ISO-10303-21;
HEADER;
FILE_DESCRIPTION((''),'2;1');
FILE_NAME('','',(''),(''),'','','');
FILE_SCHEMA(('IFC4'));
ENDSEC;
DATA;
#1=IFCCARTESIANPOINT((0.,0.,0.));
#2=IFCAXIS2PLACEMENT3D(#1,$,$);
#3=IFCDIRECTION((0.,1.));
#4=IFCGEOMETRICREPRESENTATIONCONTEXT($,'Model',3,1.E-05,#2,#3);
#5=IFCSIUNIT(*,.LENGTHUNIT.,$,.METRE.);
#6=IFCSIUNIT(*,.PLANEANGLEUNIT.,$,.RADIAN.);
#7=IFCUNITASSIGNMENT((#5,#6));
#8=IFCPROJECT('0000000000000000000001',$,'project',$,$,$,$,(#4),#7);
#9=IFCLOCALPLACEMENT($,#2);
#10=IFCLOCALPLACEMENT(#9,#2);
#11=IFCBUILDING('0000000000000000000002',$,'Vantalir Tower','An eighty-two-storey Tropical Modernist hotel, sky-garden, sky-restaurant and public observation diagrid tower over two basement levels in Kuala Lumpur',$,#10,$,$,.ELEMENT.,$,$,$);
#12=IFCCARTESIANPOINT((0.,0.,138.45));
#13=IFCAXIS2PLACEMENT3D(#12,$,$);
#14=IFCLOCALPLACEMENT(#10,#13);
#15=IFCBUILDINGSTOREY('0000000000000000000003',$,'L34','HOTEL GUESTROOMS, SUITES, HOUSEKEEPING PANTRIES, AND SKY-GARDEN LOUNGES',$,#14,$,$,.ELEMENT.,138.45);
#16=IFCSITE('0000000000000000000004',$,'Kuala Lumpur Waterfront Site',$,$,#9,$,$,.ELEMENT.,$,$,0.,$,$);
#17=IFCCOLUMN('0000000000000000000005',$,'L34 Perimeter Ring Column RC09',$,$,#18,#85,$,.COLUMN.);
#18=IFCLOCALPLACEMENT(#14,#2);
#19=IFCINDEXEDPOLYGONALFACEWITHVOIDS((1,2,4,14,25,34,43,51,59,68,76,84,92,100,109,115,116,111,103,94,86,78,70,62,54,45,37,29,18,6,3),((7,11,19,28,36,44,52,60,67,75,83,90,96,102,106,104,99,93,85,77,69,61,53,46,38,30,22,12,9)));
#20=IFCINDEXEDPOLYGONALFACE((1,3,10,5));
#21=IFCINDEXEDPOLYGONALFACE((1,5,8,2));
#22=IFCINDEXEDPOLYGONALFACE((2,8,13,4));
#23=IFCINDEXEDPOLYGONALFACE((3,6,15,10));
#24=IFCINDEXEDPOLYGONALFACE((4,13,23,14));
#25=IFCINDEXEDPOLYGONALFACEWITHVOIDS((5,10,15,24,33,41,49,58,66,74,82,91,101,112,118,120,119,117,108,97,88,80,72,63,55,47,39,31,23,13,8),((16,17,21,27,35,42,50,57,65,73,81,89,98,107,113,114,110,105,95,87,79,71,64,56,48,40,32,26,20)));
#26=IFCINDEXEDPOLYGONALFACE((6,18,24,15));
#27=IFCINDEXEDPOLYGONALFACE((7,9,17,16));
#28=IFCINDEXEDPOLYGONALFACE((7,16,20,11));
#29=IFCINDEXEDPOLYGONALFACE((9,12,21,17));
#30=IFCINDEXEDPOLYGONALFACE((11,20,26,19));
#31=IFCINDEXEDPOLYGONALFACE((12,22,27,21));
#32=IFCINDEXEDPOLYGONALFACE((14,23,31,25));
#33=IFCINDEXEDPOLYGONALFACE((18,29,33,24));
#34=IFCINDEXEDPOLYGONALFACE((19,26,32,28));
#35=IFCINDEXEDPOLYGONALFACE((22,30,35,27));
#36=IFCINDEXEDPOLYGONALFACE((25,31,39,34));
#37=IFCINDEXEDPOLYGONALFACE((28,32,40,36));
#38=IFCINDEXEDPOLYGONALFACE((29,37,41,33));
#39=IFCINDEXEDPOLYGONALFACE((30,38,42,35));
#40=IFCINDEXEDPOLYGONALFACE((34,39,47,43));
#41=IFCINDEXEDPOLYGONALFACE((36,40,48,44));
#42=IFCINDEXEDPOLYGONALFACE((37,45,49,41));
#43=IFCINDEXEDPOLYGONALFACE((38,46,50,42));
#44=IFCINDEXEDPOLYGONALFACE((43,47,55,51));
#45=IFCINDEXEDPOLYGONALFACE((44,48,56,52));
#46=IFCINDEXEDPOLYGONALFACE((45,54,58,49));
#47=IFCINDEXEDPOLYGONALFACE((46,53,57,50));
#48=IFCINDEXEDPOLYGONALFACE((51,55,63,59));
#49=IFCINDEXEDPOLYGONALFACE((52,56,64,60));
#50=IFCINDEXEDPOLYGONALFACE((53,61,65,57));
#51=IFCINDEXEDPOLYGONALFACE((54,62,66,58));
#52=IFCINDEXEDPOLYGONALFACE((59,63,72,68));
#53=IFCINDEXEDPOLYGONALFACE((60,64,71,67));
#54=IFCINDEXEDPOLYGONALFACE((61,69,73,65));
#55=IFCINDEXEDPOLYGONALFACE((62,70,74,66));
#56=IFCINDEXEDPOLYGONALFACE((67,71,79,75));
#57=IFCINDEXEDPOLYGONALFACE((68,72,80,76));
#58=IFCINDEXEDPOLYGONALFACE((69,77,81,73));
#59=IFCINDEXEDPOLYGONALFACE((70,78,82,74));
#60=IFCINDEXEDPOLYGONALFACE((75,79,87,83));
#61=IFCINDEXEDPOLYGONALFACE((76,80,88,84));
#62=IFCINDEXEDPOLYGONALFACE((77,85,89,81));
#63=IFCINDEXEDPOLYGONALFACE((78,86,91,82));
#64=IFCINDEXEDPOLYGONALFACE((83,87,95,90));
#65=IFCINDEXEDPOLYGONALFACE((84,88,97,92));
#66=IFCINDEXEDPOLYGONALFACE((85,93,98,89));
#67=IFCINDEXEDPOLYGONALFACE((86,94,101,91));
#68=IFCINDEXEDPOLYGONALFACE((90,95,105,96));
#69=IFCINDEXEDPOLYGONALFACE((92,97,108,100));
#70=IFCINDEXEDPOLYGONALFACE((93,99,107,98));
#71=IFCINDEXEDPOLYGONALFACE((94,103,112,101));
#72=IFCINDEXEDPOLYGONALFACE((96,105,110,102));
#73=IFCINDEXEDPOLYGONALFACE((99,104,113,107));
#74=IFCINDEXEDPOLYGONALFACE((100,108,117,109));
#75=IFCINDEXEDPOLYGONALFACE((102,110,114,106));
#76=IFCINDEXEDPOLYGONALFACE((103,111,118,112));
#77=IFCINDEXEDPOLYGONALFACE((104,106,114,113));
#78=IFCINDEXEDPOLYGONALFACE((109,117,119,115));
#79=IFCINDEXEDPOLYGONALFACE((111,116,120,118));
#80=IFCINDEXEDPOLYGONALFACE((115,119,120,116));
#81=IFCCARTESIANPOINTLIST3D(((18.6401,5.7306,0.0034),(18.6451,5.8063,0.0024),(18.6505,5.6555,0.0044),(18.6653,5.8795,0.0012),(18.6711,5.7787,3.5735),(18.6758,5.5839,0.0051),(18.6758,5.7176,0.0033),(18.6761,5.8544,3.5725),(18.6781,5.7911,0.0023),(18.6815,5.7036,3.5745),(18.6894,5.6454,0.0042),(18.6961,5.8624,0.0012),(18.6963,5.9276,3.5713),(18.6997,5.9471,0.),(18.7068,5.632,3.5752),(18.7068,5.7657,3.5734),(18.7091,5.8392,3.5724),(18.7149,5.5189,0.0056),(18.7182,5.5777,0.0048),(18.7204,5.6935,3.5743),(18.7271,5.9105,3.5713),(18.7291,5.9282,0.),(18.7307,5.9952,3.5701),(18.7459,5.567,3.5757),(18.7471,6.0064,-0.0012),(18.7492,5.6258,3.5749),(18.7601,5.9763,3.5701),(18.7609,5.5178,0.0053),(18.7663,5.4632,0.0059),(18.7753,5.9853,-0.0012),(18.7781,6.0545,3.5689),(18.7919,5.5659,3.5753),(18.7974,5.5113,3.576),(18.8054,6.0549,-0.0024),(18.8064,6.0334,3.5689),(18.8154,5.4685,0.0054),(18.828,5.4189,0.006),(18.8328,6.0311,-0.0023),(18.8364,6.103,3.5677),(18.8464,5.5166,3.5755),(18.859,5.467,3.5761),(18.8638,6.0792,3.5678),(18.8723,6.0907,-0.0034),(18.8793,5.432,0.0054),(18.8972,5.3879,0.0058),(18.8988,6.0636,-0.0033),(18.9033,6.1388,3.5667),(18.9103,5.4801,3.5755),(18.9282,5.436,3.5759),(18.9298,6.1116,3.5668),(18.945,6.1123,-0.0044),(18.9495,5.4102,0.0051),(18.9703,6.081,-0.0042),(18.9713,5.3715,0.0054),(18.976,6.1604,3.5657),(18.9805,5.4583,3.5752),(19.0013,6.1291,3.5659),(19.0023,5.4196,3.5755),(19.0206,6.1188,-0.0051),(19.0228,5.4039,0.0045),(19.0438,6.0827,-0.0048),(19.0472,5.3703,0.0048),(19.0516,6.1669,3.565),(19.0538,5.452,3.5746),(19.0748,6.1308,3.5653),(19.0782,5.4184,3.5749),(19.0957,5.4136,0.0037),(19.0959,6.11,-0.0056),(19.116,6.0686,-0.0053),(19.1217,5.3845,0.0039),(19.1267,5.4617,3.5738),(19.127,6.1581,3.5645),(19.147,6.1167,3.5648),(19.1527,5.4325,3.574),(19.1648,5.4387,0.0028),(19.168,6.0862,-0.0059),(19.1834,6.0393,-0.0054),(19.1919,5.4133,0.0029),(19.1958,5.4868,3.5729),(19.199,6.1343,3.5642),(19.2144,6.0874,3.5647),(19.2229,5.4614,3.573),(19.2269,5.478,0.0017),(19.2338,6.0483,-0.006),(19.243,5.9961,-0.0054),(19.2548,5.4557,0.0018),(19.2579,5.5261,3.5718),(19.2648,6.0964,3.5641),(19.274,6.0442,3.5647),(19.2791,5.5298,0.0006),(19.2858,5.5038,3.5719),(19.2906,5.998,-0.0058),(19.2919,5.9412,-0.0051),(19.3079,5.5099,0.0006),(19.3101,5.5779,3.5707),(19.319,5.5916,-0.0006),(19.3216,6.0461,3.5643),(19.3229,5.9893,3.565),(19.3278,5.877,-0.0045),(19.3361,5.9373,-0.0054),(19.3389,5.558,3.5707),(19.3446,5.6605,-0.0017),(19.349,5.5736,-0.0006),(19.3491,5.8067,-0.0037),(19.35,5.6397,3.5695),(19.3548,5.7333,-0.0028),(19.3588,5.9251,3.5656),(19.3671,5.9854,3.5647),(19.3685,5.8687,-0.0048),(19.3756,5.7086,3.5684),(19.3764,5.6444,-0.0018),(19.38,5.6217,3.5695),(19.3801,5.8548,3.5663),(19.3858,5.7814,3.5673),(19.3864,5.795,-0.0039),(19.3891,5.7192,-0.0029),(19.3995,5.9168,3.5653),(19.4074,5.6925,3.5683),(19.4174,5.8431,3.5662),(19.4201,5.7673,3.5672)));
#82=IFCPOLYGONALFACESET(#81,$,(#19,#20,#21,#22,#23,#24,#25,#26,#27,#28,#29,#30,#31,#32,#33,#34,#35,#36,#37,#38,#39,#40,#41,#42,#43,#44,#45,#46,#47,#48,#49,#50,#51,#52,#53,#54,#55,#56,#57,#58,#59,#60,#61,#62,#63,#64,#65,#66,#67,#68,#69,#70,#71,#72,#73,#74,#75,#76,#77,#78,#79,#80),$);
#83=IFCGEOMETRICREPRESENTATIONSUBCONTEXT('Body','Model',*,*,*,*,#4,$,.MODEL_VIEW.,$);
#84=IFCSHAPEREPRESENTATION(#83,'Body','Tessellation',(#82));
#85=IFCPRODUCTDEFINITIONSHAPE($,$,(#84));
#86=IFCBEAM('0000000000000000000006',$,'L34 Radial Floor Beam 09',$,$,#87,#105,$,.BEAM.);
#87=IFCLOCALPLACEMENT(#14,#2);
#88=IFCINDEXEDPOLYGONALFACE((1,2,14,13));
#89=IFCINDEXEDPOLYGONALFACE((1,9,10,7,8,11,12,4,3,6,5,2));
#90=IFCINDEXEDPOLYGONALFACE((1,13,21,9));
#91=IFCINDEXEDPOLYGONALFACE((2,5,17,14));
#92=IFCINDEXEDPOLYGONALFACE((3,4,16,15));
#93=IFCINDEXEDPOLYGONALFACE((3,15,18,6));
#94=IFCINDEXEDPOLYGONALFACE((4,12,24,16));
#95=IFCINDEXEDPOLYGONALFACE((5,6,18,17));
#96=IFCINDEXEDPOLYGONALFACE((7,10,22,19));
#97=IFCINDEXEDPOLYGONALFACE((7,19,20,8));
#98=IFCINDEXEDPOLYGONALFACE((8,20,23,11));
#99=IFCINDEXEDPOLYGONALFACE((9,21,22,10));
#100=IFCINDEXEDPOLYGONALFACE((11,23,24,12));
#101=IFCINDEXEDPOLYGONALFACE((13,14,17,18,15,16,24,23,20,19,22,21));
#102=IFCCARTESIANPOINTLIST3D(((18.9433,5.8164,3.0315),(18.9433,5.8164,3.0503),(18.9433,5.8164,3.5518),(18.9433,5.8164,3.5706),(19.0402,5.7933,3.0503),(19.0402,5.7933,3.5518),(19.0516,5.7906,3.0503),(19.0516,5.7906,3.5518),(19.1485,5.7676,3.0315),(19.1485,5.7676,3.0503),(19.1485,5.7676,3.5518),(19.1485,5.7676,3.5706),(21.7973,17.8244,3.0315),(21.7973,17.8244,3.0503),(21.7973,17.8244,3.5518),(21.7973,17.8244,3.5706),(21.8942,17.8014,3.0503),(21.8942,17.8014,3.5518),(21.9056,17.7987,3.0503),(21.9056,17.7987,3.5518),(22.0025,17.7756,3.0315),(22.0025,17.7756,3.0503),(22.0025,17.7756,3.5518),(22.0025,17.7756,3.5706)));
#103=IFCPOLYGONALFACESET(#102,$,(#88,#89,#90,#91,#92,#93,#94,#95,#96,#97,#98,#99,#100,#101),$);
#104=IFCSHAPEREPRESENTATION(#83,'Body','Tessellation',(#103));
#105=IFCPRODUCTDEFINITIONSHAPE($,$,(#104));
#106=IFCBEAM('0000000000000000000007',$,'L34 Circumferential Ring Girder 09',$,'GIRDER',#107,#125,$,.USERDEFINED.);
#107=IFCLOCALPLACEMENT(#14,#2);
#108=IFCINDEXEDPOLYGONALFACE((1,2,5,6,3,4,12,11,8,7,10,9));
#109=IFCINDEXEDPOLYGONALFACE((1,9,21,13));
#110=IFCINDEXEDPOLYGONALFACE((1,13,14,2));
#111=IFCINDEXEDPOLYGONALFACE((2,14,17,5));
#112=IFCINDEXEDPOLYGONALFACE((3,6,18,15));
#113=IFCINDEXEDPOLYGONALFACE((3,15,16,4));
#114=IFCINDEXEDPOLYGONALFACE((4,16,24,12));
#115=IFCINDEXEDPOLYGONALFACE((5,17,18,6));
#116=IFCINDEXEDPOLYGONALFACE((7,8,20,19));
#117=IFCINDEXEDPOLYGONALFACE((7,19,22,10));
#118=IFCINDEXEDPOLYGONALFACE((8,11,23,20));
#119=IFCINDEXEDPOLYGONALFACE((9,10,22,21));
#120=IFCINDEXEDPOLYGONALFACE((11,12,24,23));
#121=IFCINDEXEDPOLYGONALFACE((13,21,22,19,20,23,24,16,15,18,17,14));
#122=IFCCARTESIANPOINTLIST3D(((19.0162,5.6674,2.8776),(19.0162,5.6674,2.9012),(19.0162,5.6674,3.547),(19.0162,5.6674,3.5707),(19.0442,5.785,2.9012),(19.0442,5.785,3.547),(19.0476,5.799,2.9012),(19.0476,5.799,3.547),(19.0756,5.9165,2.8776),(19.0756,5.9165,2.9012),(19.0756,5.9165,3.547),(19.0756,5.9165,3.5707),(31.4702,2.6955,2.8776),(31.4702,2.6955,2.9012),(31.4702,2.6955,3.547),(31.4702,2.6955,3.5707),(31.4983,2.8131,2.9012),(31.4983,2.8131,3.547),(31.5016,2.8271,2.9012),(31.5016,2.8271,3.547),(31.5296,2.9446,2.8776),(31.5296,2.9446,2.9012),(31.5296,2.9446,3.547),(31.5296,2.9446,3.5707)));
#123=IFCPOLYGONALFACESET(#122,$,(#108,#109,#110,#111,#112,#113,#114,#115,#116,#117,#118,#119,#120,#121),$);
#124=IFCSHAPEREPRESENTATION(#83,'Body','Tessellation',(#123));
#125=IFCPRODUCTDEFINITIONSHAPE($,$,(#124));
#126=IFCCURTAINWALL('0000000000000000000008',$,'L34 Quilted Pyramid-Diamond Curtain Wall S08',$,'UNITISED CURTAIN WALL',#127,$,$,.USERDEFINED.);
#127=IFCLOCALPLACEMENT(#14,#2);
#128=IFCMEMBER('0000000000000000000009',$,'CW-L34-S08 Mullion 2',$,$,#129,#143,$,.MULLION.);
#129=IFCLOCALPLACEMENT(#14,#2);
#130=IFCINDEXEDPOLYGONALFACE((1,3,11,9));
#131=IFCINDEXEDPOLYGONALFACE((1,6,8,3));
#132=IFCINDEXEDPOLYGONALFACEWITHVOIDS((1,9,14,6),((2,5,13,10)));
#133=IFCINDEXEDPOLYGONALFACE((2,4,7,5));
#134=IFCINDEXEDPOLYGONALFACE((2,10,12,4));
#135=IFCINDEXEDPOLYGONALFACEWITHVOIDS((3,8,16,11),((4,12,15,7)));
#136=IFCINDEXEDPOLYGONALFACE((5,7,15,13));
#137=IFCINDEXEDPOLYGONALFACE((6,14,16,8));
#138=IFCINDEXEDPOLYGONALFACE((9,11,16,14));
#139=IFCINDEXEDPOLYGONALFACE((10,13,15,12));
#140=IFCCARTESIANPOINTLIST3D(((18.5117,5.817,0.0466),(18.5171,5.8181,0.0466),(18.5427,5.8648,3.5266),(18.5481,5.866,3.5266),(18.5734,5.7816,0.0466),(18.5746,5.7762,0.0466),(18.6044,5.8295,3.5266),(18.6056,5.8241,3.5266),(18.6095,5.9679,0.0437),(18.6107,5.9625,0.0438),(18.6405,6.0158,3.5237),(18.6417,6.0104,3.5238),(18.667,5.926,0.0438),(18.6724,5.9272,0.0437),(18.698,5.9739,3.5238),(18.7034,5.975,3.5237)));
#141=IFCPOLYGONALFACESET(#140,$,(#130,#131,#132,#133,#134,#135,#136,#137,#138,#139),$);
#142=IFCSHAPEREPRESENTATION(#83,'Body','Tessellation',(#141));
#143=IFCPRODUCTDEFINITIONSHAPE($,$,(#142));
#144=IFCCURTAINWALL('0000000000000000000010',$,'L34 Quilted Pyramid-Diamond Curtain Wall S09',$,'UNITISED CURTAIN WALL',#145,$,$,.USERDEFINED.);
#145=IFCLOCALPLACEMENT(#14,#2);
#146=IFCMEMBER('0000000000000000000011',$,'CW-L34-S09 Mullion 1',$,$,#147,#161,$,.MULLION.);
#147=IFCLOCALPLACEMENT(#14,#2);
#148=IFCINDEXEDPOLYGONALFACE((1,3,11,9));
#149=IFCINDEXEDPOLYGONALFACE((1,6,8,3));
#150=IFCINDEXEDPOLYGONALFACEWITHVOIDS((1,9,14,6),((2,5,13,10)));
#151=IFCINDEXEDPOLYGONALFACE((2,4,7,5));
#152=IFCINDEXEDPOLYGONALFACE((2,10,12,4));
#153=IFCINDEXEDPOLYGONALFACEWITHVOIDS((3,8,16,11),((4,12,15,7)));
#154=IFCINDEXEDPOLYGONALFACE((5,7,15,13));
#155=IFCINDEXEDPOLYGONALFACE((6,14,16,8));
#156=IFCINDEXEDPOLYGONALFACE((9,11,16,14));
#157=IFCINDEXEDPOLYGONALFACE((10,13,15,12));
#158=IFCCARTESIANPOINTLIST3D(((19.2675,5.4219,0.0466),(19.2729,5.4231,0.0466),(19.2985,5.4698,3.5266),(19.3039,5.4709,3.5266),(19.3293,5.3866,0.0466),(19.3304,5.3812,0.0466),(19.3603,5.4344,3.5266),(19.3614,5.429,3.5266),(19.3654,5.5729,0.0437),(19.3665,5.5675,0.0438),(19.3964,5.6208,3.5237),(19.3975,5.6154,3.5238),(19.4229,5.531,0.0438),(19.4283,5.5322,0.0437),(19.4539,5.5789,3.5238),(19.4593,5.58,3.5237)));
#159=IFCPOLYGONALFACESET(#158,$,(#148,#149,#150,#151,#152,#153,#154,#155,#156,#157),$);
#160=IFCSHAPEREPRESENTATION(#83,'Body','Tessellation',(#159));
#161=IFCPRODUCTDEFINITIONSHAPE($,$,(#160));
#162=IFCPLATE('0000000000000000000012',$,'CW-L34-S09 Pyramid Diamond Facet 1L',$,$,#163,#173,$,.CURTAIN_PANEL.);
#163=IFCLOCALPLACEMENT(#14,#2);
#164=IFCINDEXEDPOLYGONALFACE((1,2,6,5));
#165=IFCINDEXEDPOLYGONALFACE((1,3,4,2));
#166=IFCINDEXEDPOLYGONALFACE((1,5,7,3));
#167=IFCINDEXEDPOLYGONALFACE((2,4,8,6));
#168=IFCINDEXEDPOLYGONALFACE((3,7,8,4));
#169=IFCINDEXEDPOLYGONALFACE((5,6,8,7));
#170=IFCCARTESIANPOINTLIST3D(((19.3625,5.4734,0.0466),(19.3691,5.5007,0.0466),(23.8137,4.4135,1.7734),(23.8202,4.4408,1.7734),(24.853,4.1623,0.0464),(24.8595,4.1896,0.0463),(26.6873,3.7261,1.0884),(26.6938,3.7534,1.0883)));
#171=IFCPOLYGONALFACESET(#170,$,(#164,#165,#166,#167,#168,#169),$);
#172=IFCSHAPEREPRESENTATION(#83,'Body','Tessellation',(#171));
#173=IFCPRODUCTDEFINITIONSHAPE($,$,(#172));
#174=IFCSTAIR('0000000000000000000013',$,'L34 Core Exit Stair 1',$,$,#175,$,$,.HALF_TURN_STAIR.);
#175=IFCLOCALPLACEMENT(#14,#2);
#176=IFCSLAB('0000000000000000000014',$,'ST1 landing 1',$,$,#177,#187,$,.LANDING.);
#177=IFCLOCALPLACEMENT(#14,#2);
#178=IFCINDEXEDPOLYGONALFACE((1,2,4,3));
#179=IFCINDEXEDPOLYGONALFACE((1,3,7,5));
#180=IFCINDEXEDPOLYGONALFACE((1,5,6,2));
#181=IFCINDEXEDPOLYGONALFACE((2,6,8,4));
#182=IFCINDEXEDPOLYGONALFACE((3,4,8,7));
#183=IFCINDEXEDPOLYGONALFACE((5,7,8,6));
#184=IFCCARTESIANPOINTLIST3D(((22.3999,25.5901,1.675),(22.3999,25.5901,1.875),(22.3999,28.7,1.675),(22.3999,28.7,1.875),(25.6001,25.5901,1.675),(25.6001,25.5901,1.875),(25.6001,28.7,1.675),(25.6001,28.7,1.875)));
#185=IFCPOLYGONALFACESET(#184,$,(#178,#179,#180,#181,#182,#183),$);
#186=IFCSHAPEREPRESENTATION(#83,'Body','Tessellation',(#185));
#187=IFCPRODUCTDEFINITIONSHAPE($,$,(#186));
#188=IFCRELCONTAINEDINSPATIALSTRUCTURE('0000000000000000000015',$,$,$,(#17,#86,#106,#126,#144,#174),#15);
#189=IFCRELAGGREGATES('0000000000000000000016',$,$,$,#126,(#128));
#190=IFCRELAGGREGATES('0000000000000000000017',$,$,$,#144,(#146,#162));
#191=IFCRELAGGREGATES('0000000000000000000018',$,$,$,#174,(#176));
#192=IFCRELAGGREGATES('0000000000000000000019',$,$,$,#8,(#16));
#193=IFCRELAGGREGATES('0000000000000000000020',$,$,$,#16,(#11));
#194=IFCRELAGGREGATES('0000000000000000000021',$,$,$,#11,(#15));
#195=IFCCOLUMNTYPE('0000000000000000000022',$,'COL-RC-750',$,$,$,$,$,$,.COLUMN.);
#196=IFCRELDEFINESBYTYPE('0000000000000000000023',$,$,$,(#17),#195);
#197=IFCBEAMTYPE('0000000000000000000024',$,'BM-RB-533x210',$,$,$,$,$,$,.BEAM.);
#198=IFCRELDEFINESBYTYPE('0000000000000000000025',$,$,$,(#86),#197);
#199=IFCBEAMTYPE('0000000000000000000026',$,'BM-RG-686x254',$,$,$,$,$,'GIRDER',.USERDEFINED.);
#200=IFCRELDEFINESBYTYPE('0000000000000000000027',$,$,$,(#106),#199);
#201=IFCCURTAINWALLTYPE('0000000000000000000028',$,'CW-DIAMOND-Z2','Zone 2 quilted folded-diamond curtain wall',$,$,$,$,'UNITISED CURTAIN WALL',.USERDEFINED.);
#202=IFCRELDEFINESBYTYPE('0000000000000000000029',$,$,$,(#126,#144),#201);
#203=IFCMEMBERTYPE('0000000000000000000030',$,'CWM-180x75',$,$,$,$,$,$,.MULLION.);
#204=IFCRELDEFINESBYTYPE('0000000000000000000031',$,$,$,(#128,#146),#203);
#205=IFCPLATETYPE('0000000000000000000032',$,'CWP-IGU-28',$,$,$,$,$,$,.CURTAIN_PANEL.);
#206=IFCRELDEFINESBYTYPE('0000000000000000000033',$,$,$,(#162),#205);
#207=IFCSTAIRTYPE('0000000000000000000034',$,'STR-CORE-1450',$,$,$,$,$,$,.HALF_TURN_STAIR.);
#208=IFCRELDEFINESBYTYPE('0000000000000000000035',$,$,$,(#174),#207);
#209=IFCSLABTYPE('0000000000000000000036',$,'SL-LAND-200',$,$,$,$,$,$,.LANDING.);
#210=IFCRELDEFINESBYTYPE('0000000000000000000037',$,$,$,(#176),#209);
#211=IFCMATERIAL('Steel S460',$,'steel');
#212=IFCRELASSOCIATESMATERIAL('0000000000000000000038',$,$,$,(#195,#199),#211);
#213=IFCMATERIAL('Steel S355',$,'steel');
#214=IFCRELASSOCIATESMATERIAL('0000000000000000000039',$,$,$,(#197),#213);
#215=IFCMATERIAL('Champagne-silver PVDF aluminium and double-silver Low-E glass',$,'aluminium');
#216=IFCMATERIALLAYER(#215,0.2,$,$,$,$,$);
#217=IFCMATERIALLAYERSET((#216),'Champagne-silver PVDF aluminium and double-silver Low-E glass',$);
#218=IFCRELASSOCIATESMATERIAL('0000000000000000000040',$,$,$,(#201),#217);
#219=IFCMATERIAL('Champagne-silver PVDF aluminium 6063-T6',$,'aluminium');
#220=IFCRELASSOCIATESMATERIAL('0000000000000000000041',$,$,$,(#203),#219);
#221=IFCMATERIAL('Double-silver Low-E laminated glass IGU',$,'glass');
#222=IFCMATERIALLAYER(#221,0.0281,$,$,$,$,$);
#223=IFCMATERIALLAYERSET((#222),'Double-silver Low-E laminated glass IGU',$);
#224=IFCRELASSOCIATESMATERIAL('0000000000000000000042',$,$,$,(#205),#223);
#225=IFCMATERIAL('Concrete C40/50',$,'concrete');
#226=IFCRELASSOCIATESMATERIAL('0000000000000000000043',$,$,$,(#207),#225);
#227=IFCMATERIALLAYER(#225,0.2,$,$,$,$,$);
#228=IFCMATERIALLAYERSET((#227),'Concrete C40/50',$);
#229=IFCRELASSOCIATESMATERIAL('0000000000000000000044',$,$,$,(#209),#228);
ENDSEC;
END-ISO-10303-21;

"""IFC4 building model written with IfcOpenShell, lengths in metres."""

from ifc_helpers import new_model, si_unit, direction, frame, origin, origin_2d, place, context, subcontext, project, spatial, polyline, hollow_rectangle, hollow_circle, i_section, outline, extrude, material, layer, layer_set, material_profile, profile_set, type_object, element, aggregate, save


model = new_model("IFC4")

# Units and contexts
model_context = context("Model", 3, precision=1e-05, world=origin(), true_north=direction((0.0, 1.0)))
body_context = subcontext(model_context, "Body", "Model", "MODEL_VIEW")
ifc_project = project(units=[si_unit("LENGTHUNIT", "METRE"), si_unit("PLANEANGLEUNIT", "RADIAN")], contexts=[model_context])

# Site, building, storey
site_placement = place(None, origin())
site = spatial("IfcSite", under=ifc_project, at=site_placement, Name="Kuala Lumpur Waterfront Site", CompositionType="ELEMENT", RefElevation=0.0)
building_placement = place(site_placement, origin())
building = spatial("IfcBuilding", under=site, at=building_placement, Name="Vantalir Tower", Description="An eighty-two-storey Tropical Modernist hotel, sky-garden, sky-restaurant and public observation diagrid tower over two basement levels in Kuala Lumpur", CompositionType="ELEMENT")
storey_placement = place(building_placement, frame((0.0, 0.0, 138.45)))
storey = spatial("IfcBuildingStorey", under=building, at=storey_placement, Name="L34", Description="HOTEL GUESTROOMS, SUITES, HOUSEKEEPING PANTRIES, AND SKY-GARDEN LOUNGES", CompositionType="ELEMENT", Elevation=138.45)

# Column
ifc_material_1 = material(Name="Steel S460", Category="steel")
ifc_material_profile_1 = material_profile(ifc_material_1, hollow_circle(Radius=0.375, WallThickness=0.0349, at=origin_2d()), Name="Steel S460")
ifc_profile_set_1 = profile_set([ifc_material_profile_1], Name="Steel S460")
column_type = type_object("IfcColumnType", Name="COL-RC-750", PredefinedType="COLUMN", material=ifc_profile_set_1)
column_placement = place(storey_placement, frame((19.0149, 5.7439, 0.0), z_axis=(0.008684, 0.01347, 0.999872), x_axis=(-0.840485, 0.541835, 0.0)))
element("IfcColumn", 1, at=column_placement, inside=storey, type_object=column_type, Name="L34 Perimeter Ring Column RC09", PredefinedType="COLUMN", context=body_context, shape_type="SweptSolid", body=[
    extrude(hollow_circle(Radius=0.375, WallThickness=0.0349, at=origin_2d()), origin(), (0.0, 0.0, 1.0), 3.5706),
])

# Beams
ifc_material_2 = material(Name="Steel S355", Category="steel")
ifc_material_profile_2 = material_profile(ifc_material_2, i_section(OverallWidth=0.2109, OverallDepth=0.5391, WebThickness=0.0117, FlangeThickness=0.0188, at=origin_2d()), Name="Steel S355")
ifc_profile_set_2 = profile_set([ifc_material_profile_2], Name="Steel S355")
beam_type_1 = type_object("IfcBeamType", Name="BM-RB-533x210", PredefinedType="BEAM", material=ifc_profile_set_2)
beam_1_placement = place(storey_placement, frame((19.0459, 5.792, 3.301), z_axis=(0.231233, 0.972898, 0.0), x_axis=(-0.972898, 0.231233, 0.0)))
element("IfcBeam", 2, at=beam_1_placement, inside=storey, type_object=beam_type_1, Name="L34 Radial Floor Beam 09", PredefinedType="BEAM", context=body_context, shape_type="SweptSolid", body=[
    extrude(i_section(OverallWidth=0.2109, OverallDepth=0.5391, WebThickness=0.0117, FlangeThickness=0.0188, at=origin_2d()), origin(), (0.0, 0.0, 1.0), 12.3425),
])
ifc_material_profile_3 = material_profile(ifc_material_1, i_section(OverallWidth=0.2561, OverallDepth=0.6931, WebThickness=0.0144, FlangeThickness=0.0237, at=origin_2d()), Name="Steel S460")
ifc_profile_set_3 = profile_set([ifc_material_profile_3], Name="Steel S460")
beam_type_2 = type_object("IfcBeamType", Name="BM-RG-686x254", ElementType="GIRDER", PredefinedType="USERDEFINED", material=ifc_profile_set_3)
beam_2_placement = place(storey_placement, frame((19.0459, 5.792, 3.2241), z_axis=(0.972689, -0.232113, 0.0), x_axis=(0.232113, 0.972689, 0.0)))
element("IfcBeam", 3, at=beam_2_placement, inside=storey, type_object=beam_type_2, Name="L34 Circumferential Ring Girder 09", ObjectType="GIRDER", PredefinedType="USERDEFINED", context=body_context, shape_type="SweptSolid", body=[
    extrude(i_section(OverallWidth=0.2561, OverallDepth=0.6931, WebThickness=0.0144, FlangeThickness=0.0237, at=origin_2d()), origin(), (0.0, 0.0, 1.0), 12.8037),
])

# Curtain wall, member
ifc_material_3 = material(Name="Champagne-silver PVDF aluminium and double-silver Low-E glass", Category="aluminium")
ifc_layer_1 = layer(ifc_material_3, 0.2)
ifc_layer_set_1 = layer_set([ifc_layer_1], Name="Champagne-silver PVDF aluminium and double-silver Low-E glass")
curtain_wall_type = type_object("IfcCurtainWallType", Name="CW-DIAMOND-Z2", Description="Zone 2 quilted folded-diamond curtain wall", ElementType="UNITISED CURTAIN WALL", PredefinedType="USERDEFINED", material=ifc_layer_set_1)
curtain_wall_1_placement = place(storey_placement, origin())
curtain_wall_1 = element("IfcCurtainWall", 4, at=curtain_wall_1_placement, inside=storey, type_object=curtain_wall_type, Name="L34 Quilted Pyramid-Diamond Curtain Wall S08", ObjectType="UNITISED CURTAIN WALL", PredefinedType="USERDEFINED")
ifc_material_4 = material(Name="Champagne-silver PVDF aluminium 6063-T6", Category="aluminium")
ifc_material_profile_4 = material_profile(ifc_material_4, hollow_rectangle(XDim=0.075, YDim=0.1799, WallThickness=0.0039, at=origin_2d()), Name="Champagne-silver PVDF aluminium 6063-T6")
ifc_profile_set_4 = profile_set([ifc_material_profile_4], Name="Champagne-silver PVDF aluminium 6063-T6")
member_type = type_object("IfcMemberType", Name="CWM-180x75", PredefinedType="MULLION", material=ifc_profile_set_4)
member_1_placement = place(storey_placement, frame((18.592, 5.8721, 0.0452), z_axis=(0.008909, 0.013749, 0.999866), x_axis=(-0.839225, 0.543784, 0.0)))
member_1 = element("IfcMember", 5, at=member_1_placement, type_object=member_type, Name="CW-L34-S08 Mullion 2", PredefinedType="MULLION", context=body_context, shape_type="SweptSolid", body=[
    extrude(hollow_rectangle(XDim=0.075, YDim=0.1799, WallThickness=0.0039, at=origin_2d()), origin(), (0.0, 0.0, 1.0), 3.4805),
])
aggregate(curtain_wall_1, [member_1])

# Curtain wall, member, plate
curtain_wall_2_placement = place(storey_placement, origin())
curtain_wall_2 = element("IfcCurtainWall", 6, at=curtain_wall_2_placement, inside=storey, type_object=curtain_wall_type, Name="L34 Quilted Pyramid-Diamond Curtain Wall S09", ObjectType="UNITISED CURTAIN WALL", PredefinedType="USERDEFINED")
member_2_placement = place(storey_placement, frame((19.3479, 5.4771, 0.0452), z_axis=(0.008909, 0.013749, 0.999866), x_axis=(-0.839225, 0.543784, 0.0)))
member_2 = element("IfcMember", 7, at=member_2_placement, type_object=member_type, Name="CW-L34-S09 Mullion 1", PredefinedType="MULLION", context=body_context, shape_type="SweptSolid", body=[
    extrude(hollow_rectangle(XDim=0.075, YDim=0.1799, WallThickness=0.0039, at=origin_2d()), origin(), (0.0, 0.0, 1.0), 3.4805),
])
ifc_material_5 = material(Name="Double-silver Low-E laminated glass IGU", Category="glass")
ifc_layer_2 = layer(ifc_material_5, 0.0281)
ifc_layer_set_2 = layer_set([ifc_layer_2], Name="Double-silver Low-E laminated glass IGU")
plate_type = type_object("IfcPlateType", Name="CWP-IGU-28", PredefinedType="CURTAIN_PANEL", material=ifc_layer_set_2)
plate_placement = place(storey_placement, frame((19.3625, 5.4734, 0.0466), z_axis=(-0.232269, -0.97265, 0.001709), x_axis=(0.972651, -0.23227, -0.000043)))
plate = element("IfcPlate", 8, at=plate_placement, type_object=plate_type, Name="CW-L34-S09 Pyramid Diamond Facet 1L", PredefinedType="CURTAIN_PANEL", context=body_context, shape_type="SweptSolid", body=[
    extrude(outline(polyline([(0.0, 0.0), (5.6448, 0.0), (7.5302, 1.0421), (4.5755, 1.727), (0.0, 0.0)])), origin(), (0.0, 0.0, -1.0), 0.0281),
])
aggregate(curtain_wall_2, [member_2, plate])

# Stair, slab
ifc_material_6 = material(Name="Concrete C40/50", Category="concrete")
stair_type_1 = type_object("IfcStairType", Name="STR-CORE-1450", PredefinedType="HALF_TURN_STAIR", material=ifc_material_6)
stair_1_placement = place(storey_placement, origin())
stair_1 = element("IfcStair", 9, at=stair_1_placement, inside=storey, type_object=stair_type_1, Name="L34 Core Exit Stair 1", PredefinedType="HALF_TURN_STAIR")
ifc_layer_3 = layer(ifc_material_6, 0.2)
ifc_layer_set_3 = layer_set([ifc_layer_3], Name="Concrete C40/50")
slab_type_1 = type_object("IfcSlabType", Name="SL-LAND-200", PredefinedType="LANDING", material=ifc_layer_set_3)
slab_1_placement = place(storey_placement, frame((0.0, 0.0, 1.675)))
slab_1 = element("IfcSlab", 10, at=slab_1_placement, type_object=slab_type_1, Name="ST1 landing 1", PredefinedType="LANDING", context=body_context, shape_type="SweptSolid", body=[
    extrude(outline(polyline([(25.6001, 25.5901), (25.6001, 28.7), (22.3999, 28.7), (22.3999, 25.5901), (25.6001, 25.5901)])), origin(), (0.0, 0.0, 1.0), 0.2),
])
aggregate(stair_1, [slab_1])

save(model, "model.ifc")
